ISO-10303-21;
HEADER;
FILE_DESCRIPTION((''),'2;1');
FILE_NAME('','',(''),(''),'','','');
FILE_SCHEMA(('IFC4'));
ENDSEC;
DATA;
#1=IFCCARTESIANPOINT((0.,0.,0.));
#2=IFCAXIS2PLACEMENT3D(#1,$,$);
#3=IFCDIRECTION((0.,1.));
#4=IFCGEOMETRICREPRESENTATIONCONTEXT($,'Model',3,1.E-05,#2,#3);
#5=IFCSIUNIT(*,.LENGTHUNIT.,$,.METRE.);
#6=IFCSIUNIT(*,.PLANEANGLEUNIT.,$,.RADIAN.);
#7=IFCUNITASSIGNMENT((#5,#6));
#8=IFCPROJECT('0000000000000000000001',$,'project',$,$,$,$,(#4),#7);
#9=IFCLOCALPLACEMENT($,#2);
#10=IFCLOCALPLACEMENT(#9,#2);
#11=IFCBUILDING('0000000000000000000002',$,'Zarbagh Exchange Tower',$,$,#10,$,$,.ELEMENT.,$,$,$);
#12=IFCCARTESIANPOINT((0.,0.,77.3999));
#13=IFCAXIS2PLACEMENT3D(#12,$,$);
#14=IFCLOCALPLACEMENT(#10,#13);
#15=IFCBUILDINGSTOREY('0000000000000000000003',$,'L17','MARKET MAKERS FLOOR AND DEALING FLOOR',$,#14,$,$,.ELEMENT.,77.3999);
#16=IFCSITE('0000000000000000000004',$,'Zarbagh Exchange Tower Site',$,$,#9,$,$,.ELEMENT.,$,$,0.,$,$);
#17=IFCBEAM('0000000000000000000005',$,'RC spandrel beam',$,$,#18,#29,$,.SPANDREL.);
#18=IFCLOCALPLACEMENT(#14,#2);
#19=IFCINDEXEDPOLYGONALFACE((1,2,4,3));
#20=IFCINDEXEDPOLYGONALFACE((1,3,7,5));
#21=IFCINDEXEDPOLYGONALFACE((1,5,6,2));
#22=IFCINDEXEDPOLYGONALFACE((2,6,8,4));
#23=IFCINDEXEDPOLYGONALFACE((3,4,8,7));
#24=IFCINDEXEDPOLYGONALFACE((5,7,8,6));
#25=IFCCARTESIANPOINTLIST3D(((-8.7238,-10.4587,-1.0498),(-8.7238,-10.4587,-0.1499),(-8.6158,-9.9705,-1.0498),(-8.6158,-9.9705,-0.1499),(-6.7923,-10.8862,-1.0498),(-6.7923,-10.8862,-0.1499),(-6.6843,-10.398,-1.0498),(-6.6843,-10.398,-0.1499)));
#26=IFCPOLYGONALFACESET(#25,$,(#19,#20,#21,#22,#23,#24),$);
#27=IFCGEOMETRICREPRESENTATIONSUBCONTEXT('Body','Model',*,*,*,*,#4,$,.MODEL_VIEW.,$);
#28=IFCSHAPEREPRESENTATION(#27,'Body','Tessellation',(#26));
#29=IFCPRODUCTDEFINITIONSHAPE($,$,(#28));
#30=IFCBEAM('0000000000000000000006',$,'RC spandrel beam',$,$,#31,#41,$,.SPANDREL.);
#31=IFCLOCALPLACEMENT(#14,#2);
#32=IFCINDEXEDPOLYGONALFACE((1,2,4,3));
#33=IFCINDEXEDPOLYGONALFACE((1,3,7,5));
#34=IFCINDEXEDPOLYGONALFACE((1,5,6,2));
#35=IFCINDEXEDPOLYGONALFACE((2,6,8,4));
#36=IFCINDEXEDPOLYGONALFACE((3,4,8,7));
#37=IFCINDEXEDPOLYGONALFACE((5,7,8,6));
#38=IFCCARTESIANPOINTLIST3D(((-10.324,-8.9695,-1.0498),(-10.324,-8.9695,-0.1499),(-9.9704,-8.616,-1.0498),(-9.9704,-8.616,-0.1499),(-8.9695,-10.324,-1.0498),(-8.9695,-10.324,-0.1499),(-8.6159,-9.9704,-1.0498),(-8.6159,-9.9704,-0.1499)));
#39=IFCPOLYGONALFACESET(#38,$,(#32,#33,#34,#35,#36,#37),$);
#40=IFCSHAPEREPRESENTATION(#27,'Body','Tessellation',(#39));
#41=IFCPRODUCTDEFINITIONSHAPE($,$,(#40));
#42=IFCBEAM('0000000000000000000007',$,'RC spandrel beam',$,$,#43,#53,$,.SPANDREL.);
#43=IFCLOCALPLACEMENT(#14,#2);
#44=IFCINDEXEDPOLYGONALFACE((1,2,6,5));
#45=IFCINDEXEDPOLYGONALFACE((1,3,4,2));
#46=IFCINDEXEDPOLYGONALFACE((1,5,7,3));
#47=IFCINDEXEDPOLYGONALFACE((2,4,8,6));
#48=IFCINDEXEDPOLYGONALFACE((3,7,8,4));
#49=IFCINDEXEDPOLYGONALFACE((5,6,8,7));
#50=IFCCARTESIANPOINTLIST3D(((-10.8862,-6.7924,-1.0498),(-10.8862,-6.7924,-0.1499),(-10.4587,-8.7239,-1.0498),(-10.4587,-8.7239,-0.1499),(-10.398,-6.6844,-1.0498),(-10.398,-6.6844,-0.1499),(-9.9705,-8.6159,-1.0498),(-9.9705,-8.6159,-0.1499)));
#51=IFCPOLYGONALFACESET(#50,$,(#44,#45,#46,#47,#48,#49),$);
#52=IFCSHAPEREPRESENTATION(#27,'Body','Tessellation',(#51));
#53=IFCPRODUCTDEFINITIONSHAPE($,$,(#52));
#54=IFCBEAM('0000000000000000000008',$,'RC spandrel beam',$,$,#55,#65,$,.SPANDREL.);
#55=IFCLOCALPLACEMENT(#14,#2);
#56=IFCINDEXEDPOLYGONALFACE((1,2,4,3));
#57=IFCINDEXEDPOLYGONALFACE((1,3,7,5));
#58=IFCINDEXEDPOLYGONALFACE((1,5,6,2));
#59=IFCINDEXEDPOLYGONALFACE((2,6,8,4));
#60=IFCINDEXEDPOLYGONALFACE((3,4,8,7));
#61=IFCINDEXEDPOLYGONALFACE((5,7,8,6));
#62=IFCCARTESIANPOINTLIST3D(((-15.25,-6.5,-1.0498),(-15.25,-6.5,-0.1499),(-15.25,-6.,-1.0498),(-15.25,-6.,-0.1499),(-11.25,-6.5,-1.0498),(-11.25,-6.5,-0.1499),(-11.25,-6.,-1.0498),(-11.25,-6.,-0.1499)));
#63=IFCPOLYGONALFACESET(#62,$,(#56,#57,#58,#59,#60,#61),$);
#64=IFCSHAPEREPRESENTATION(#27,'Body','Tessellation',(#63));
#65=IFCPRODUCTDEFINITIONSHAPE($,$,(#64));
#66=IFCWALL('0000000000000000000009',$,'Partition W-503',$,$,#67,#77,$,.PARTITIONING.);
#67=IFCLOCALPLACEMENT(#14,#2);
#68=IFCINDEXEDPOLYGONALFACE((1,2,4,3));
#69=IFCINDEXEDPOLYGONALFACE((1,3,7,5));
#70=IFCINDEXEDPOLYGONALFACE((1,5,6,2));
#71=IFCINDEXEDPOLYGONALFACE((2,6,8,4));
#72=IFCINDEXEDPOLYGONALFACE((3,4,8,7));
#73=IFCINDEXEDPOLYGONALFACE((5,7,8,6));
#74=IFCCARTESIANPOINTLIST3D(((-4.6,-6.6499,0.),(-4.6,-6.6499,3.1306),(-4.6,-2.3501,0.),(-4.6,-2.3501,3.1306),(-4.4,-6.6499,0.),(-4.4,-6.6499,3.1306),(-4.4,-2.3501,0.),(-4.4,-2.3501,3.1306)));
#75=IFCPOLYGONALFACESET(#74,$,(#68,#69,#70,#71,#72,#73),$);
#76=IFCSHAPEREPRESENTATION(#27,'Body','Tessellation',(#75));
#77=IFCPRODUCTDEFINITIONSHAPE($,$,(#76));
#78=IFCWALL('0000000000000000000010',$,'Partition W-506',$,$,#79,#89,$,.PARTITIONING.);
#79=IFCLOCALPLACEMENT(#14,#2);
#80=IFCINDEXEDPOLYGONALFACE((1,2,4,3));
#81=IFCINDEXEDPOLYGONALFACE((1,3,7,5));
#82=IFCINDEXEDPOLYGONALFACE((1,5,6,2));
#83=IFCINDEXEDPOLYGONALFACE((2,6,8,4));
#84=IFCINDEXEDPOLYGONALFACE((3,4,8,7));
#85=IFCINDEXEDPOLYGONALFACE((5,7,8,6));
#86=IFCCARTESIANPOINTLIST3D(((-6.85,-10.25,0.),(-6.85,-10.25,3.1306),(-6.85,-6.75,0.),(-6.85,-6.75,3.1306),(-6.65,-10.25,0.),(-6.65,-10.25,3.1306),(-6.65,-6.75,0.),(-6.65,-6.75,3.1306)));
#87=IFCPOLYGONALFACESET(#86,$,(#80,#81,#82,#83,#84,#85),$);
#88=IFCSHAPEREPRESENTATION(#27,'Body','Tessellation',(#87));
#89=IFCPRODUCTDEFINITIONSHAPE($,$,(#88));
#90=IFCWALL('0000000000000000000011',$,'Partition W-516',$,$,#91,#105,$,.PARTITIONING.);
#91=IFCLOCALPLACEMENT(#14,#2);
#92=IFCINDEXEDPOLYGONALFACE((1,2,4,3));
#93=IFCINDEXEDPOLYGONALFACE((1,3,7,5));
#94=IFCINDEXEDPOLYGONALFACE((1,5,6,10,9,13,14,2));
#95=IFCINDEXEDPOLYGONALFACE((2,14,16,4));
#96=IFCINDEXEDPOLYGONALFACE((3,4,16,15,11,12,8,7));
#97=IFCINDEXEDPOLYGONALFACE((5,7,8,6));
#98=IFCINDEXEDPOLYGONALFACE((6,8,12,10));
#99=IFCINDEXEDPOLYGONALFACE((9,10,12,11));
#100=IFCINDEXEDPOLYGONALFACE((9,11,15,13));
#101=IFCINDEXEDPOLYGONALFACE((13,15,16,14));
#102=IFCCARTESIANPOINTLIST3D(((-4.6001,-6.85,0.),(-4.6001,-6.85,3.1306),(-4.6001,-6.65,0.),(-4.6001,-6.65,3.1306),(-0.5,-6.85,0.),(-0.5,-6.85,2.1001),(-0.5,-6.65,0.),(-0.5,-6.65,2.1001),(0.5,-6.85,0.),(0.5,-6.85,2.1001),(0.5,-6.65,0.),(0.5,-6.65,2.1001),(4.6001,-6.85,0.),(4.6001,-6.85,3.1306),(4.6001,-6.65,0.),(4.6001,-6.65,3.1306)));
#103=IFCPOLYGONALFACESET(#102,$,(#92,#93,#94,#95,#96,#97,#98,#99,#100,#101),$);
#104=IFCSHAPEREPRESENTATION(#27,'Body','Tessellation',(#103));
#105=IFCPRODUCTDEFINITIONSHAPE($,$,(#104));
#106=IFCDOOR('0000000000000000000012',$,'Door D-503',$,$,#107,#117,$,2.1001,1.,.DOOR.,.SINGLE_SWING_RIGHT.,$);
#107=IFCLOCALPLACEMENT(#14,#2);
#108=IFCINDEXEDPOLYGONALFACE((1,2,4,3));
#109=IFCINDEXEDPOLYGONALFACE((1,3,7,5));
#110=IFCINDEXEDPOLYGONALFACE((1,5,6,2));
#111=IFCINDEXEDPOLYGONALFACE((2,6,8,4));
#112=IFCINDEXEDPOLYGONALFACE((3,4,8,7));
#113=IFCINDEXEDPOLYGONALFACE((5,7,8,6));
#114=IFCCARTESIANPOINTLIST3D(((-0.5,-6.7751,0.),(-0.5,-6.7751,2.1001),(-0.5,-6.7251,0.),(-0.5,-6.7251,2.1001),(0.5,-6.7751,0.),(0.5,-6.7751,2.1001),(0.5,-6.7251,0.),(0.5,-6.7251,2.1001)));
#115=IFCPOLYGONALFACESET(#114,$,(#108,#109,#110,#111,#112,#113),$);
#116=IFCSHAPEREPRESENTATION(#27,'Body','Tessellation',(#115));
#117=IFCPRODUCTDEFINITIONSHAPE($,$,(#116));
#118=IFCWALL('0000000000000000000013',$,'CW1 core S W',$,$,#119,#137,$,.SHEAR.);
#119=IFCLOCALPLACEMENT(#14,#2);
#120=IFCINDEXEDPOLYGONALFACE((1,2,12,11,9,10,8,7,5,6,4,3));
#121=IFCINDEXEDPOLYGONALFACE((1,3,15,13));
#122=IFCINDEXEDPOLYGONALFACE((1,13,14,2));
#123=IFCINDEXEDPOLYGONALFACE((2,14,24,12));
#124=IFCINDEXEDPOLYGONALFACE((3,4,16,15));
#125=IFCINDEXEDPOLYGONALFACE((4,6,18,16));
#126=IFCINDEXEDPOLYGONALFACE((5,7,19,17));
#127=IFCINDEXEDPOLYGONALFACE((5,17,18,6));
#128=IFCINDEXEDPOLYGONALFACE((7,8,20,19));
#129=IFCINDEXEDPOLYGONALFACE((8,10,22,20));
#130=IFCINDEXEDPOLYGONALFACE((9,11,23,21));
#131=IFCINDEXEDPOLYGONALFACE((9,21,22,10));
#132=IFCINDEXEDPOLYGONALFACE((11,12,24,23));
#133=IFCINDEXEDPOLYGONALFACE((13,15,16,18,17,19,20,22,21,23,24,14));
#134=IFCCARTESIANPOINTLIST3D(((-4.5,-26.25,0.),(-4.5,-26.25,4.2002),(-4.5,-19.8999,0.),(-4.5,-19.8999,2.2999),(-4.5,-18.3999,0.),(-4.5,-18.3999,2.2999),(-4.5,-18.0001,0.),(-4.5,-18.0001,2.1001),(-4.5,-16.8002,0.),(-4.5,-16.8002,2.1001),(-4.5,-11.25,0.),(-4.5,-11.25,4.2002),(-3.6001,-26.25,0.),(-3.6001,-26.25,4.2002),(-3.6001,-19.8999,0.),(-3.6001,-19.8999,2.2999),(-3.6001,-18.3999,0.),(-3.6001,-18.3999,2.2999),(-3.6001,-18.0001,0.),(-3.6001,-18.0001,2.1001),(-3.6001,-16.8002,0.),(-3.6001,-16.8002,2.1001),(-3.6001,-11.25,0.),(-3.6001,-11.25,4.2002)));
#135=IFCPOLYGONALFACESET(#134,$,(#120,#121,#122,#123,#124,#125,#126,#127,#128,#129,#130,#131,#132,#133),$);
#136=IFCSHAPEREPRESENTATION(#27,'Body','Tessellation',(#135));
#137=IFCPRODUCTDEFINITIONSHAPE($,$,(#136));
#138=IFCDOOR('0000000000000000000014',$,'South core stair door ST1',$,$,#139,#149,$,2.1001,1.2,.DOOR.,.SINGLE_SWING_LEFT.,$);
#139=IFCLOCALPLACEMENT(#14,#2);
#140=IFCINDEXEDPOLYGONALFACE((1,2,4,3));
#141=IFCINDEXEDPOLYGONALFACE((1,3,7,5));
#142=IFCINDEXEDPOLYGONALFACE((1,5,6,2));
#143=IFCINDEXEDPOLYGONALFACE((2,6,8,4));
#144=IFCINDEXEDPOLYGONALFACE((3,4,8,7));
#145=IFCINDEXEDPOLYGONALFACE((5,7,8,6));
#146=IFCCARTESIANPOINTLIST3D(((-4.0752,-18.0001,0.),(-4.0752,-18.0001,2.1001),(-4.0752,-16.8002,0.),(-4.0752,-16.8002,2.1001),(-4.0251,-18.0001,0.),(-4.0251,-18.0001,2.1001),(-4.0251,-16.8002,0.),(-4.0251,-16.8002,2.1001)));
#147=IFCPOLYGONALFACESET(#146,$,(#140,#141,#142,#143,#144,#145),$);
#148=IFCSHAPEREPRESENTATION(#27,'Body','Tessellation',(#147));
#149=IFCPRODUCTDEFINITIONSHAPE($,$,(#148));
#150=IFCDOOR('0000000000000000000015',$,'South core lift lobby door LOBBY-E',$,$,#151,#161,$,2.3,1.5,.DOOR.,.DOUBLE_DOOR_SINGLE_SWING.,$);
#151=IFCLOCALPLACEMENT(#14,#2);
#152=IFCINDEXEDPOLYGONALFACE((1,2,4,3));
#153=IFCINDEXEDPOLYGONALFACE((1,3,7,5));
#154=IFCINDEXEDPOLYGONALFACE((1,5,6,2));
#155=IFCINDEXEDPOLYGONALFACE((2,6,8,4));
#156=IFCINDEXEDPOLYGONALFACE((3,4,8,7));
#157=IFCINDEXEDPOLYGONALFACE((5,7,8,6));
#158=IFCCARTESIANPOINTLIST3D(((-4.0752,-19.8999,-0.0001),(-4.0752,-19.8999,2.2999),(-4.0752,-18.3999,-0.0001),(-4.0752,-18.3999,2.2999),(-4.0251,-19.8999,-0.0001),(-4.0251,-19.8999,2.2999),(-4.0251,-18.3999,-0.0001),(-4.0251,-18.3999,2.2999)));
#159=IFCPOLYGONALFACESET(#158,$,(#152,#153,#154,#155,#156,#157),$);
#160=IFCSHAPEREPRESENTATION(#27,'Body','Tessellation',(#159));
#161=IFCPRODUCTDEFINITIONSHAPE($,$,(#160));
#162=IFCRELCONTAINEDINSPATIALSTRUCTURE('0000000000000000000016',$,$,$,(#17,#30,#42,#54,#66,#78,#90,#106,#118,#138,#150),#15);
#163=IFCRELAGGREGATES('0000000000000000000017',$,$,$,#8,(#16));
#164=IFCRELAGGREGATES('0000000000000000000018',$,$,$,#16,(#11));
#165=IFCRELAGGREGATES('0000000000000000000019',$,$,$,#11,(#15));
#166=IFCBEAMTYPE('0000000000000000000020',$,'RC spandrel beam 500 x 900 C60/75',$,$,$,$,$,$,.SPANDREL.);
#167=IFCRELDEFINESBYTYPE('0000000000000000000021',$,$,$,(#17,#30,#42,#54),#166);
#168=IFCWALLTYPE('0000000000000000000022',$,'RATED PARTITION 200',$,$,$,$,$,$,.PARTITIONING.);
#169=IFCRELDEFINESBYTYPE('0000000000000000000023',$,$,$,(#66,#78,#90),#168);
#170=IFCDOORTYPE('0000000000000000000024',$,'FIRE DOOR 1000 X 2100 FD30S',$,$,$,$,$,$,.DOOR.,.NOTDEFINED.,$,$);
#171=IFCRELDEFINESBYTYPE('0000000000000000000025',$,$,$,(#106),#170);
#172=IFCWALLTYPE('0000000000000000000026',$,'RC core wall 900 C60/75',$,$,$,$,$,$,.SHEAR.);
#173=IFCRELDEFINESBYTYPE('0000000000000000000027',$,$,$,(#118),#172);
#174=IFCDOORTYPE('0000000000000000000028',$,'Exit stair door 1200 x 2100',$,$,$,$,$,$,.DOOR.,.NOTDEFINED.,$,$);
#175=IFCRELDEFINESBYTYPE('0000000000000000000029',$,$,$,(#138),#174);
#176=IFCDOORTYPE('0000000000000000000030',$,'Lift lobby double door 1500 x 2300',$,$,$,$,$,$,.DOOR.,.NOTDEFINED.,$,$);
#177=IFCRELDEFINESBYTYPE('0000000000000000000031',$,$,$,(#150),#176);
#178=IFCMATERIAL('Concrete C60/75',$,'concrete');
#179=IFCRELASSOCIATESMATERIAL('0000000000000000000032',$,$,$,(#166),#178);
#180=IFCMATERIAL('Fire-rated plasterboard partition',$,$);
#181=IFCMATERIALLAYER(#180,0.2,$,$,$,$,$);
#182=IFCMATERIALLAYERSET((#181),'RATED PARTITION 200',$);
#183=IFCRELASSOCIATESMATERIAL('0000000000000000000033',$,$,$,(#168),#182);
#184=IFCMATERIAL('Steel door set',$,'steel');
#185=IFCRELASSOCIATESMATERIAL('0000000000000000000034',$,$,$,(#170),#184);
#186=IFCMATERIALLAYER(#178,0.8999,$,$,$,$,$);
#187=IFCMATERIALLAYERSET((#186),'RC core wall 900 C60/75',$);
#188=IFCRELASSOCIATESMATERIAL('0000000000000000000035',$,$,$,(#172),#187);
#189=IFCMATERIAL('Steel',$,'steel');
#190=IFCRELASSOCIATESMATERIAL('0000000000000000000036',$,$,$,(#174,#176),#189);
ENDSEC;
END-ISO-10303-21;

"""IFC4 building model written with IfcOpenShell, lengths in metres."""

from ifc_helpers import new_model, si_unit, direction, frame, frame_2d, origin, origin_2d, place, context, subcontext, project, spatial, rectangle, extrude, material, layer, layer_set, material_profile, profile_set, type_object, element, fill, save


model = new_model("IFC4")

# Units and contexts
model_context = context("Model", 3, precision=1e-05, world=origin(), true_north=direction((0.0, 1.0)))
body_context = subcontext(model_context, "Body", "Model", "MODEL_VIEW")
ifc_project = project(units=[si_unit("LENGTHUNIT", "METRE"), si_unit("PLANEANGLEUNIT", "RADIAN")], contexts=[model_context])

# Site, building, storey
site_placement = place(None, origin())
site = spatial("IfcSite", under=ifc_project, at=site_placement, Name="Zarbagh Exchange Tower Site", CompositionType="ELEMENT", RefElevation=0.0)
building_placement = place(site_placement, origin())
building = spatial("IfcBuilding", under=site, at=building_placement, Name="Zarbagh Exchange Tower", CompositionType="ELEMENT")
storey_placement = place(building_placement, frame((0.0, 0.0, 77.3999)))
storey = spatial("IfcBuildingStorey", under=building, at=storey_placement, Name="L17", Description="MARKET MAKERS FLOOR AND DEALING FLOOR", CompositionType="ELEMENT", Elevation=77.3999)

# Shared definitions
ifc_material_1 = material(Name="Concrete C60/75", Category="concrete")

# Beams
ifc_material_profile_1 = material_profile(ifc_material_1, rectangle(XDim=0.5, YDim=0.8999, at=origin_2d()), Name="RC spandrel beam 500 x 900 C60/75")
ifc_profile_set_1 = profile_set([ifc_material_profile_1], Name="Concrete C60/75")
beam_type_1 = type_object("IfcBeamType", Name="RC spandrel beam 500 x 900 C60/75", PredefinedType="SPANDREL", material=ifc_profile_set_1)
beam_1_placement = place(storey_placement, frame((-6.7383, -10.6421, -0.5999), z_axis=(-0.976375, 0.216081, 0.0), x_axis=(-0.216081, -0.976375, 0.0)))
element("IfcBeam", 1, at=beam_1_placement, inside=storey, type_object=beam_type_1, Name="RC spandrel beam", PredefinedType="SPANDREL", context=body_context, shape_type="SweptSolid", body=[
    extrude(rectangle(XDim=0.5, YDim=0.8999, at=origin_2d()), origin(), (0.0, 0.0, 1.0), 1.9783),
])
beam_2_placement = place(storey_placement, frame((-8.7927, -10.1472, -0.5999), z_axis=(-0.707107, 0.707107, 0.0), x_axis=(-0.707107, -0.707107, 0.0)))
element("IfcBeam", 2, at=beam_2_placement, inside=storey, type_object=beam_type_1, Name="RC spandrel beam", PredefinedType="SPANDREL", context=body_context, shape_type="SweptSolid", body=[
    extrude(rectangle(XDim=0.5, YDim=0.8999, at=origin_2d()), origin(), (0.0, 0.0, 1.0), 1.9155),
])
beam_3_placement = place(storey_placement, frame((-10.2146, -8.6699, -0.5999), z_axis=(-0.216081, 0.976375, 0.0), x_axis=(-0.976375, -0.216081, 0.0)))
element("IfcBeam", 3, at=beam_3_placement, inside=storey, type_object=beam_type_1, Name="RC spandrel beam", PredefinedType="SPANDREL", context=body_context, shape_type="SweptSolid", body=[
    extrude(rectangle(XDim=0.5, YDim=0.8999, at=origin_2d()), origin(), (0.0, 0.0, 1.0), 1.9783),
])
beam_4_placement = place(storey_placement, frame((-11.25, -6.25, -0.5999), z_axis=(-1.0, 0.0, 0.0), x_axis=(0.0, -1.0, 0.0)))
element("IfcBeam", 4, at=beam_4_placement, inside=storey, type_object=beam_type_1, Name="RC spandrel beam", PredefinedType="SPANDREL", context=body_context, shape_type="SweptSolid", body=[
    extrude(rectangle(XDim=0.5, YDim=0.8999, at=origin_2d()), origin(), (0.0, 0.0, 1.0), 4.0),
])

# Walls
ifc_material_2 = material(Name="Fire-rated plasterboard partition")
ifc_layer_1 = layer(ifc_material_2, 0.2)
ifc_layer_set_1 = layer_set([ifc_layer_1], Name="RATED PARTITION 200")
wall_type_1 = type_object("IfcWallType", Name="RATED PARTITION 200", PredefinedType="PARTITIONING", material=ifc_layer_set_1)
wall_1_placement = place(storey_placement, frame((-4.5, -6.6499, 0.0), z_axis=(0.0, 0.0, 1.0), x_axis=(0.0, 1.0, 0.0)))
element("IfcWall", 5, at=wall_1_placement, inside=storey, type_object=wall_type_1, Name="Partition W-503", PredefinedType="PARTITIONING", context=body_context, shape_type="SweptSolid", body=[
    extrude(rectangle(XDim=4.2998, YDim=0.2, at=frame_2d((2.1499, 0.0))), origin(), (0.0, 0.0, 1.0), 3.1306),
])
wall_2_placement = place(storey_placement, frame((-6.75, -10.25, 0.0), z_axis=(0.0, 0.0, 1.0), x_axis=(0.0, 1.0, 0.0)))
element("IfcWall", 6, at=wall_2_placement, inside=storey, type_object=wall_type_1, Name="Partition W-506", PredefinedType="PARTITIONING", context=body_context, shape_type="SweptSolid", body=[
    extrude(rectangle(XDim=3.5, YDim=0.2, at=frame_2d((1.75, 0.0))), origin(), (0.0, 0.0, 1.0), 3.1306),
])

# Wall, opening, door
wall_3_placement = place(storey_placement, frame((-4.6001, -6.75, 0.0), z_axis=(0.0, 0.0, 1.0), x_axis=(1.0, 0.0, 0.0)))
wall_3 = element("IfcWall", 7, at=wall_3_placement, inside=storey, type_object=wall_type_1, Name="Partition W-516", PredefinedType="PARTITIONING", context=body_context, shape_type="SweptSolid", body=[
    extrude(rectangle(XDim=9.2002, YDim=0.2, at=frame_2d((4.6001, 0.0))), origin(), (0.0, 0.0, 1.0), 3.1306),
])
opening_1_placement = place(wall_3_placement, frame((4.1001, 0.0, 0.0)))
opening_1 = element("IfcOpeningElement", 8, at=opening_1_placement, cuts=wall_3, PredefinedType="OPENING", context=body_context, shape_type="SweptSolid", body=[
    extrude(rectangle(XDim=1.0, YDim=2.1001, at=frame_2d((0.5, 1.05))), frame((0.0, 0.1099, 0.0), z_axis=(0.0, -1.0, 0.0), x_axis=(1.0, 0.0, 0.0)), (0.0, 0.0, 1.0), 0.22),
])
ifc_material_3 = material(Name="Steel door set", Category="steel")
door_type_1 = type_object("IfcDoorType", Name="FIRE DOOR 1000 X 2100 FD30S", OperationType="NOTDEFINED", PredefinedType="DOOR", material=ifc_material_3)
door_1_placement = place(opening_1_placement, origin())
door_1 = element("IfcDoor", 9, at=door_1_placement, inside=storey, type_object=door_type_1, Name="Door D-503", OperationType="SINGLE_SWING_RIGHT", OverallHeight=2.1001, OverallWidth=1.0, PredefinedType="DOOR", context=body_context, shape_type="SweptSolid", body=[
    extrude(rectangle(XDim=1.0, YDim=2.1001, at=frame_2d((0.5, 1.05))), frame((0.0, 0.0249, 0.0), z_axis=(0.0, -1.0, 0.0), x_axis=(1.0, 0.0, 0.0)), (0.0, 0.0, 1.0), 0.05),
])
fill(opening_1, door_1)

# Wall, openings, doors
ifc_layer_2 = layer(ifc_material_1, 0.8999)
ifc_layer_set_2 = layer_set([ifc_layer_2], Name="RC core wall 900 C60/75")
wall_type_2 = type_object("IfcWallType", Name="RC core wall 900 C60/75", PredefinedType="SHEAR", material=ifc_layer_set_2)
wall_4_placement = place(storey_placement, frame((-4.05, -11.25, 0.0), z_axis=(0.0, 0.0, 1.0), x_axis=(0.0, -1.0, 0.0)))
wall_4 = element("IfcWall", 10, at=wall_4_placement, inside=storey, type_object=wall_type_2, Name="CW1 core S W", PredefinedType="SHEAR", context=body_context, shape_type="SweptSolid", body=[
    extrude(rectangle(XDim=15.0, YDim=0.8999, at=frame_2d((7.5, 0.0))), origin(), (0.0, 0.0, 1.0), 4.2002),
])
opening_2_placement = place(wall_4_placement, frame((7.1499, 0.0, 0.0)))
opening_2 = element("IfcOpeningElement", 11, at=opening_2_placement, cuts=wall_4, PredefinedType="OPENING", context=body_context, shape_type="SweptSolid", body=[
    extrude(rectangle(XDim=1.5, YDim=2.3, at=frame_2d((0.75, 1.1499))), frame((0.0, 0.46, 0.0), z_axis=(0.0, -1.0, 0.0), x_axis=(1.0, 0.0, 0.0)), (0.0, 0.0, 1.0), 0.9199),
])
opening_3_placement = place(wall_4_placement, frame((5.55, 0.0, 0.0)))
opening_3 = element("IfcOpeningElement", 12, at=opening_3_placement, cuts=wall_4, PredefinedType="OPENING", context=body_context, shape_type="SweptSolid", body=[
    extrude(rectangle(XDim=1.2, YDim=2.1001, at=frame_2d((0.6001, 1.05))), frame((0.0, 0.46, 0.0), z_axis=(0.0, -1.0, 0.0), x_axis=(1.0, 0.0, 0.0)), (0.0, 0.0, 1.0), 0.9199),
])
ifc_material_4 = material(Name="Steel", Category="steel")
door_type_2 = type_object("IfcDoorType", Name="Exit stair door 1200 x 2100", OperationType="NOTDEFINED", PredefinedType="DOOR", material=ifc_material_4)
door_2_placement = place(opening_3_placement, origin())
door_2 = element("IfcDoor", 13, at=door_2_placement, inside=storey, type_object=door_type_2, Name="South core stair door ST1", OperationType="SINGLE_SWING_LEFT", OverallHeight=2.1001, OverallWidth=1.2, PredefinedType="DOOR", context=body_context, shape_type="SweptSolid", body=[
    extrude(rectangle(XDim=1.2, YDim=2.1001, at=frame_2d((0.6001, 1.05))), frame((0.0, 0.0249, 0.0), z_axis=(0.0, -1.0, 0.0), x_axis=(1.0, 0.0, 0.0)), (0.0, 0.0, 1.0), 0.05),
])
fill(opening_3, door_2)
door_type_3 = type_object("IfcDoorType", Name="Lift lobby double door 1500 x 2300", OperationType="NOTDEFINED", PredefinedType="DOOR", material=ifc_material_4)
door_3_placement = place(opening_2_placement, origin())
door_3 = element("IfcDoor", 14, at=door_3_placement, inside=storey, type_object=door_type_3, Name="South core lift lobby door LOBBY-E", OperationType="DOUBLE_DOOR_SINGLE_SWING", OverallHeight=2.3, OverallWidth=1.5, PredefinedType="DOOR", context=body_context, shape_type="SweptSolid", body=[
    extrude(rectangle(XDim=1.5, YDim=2.3, at=frame_2d((0.75, 1.1499))), frame((0.0, 0.0249, 0.0), z_axis=(0.0, -1.0, 0.0), x_axis=(1.0, 0.0, 0.0)), (0.0, 0.0, 1.0), 0.05),
])
fill(opening_2, door_3)

save(model, "model.ifc")
